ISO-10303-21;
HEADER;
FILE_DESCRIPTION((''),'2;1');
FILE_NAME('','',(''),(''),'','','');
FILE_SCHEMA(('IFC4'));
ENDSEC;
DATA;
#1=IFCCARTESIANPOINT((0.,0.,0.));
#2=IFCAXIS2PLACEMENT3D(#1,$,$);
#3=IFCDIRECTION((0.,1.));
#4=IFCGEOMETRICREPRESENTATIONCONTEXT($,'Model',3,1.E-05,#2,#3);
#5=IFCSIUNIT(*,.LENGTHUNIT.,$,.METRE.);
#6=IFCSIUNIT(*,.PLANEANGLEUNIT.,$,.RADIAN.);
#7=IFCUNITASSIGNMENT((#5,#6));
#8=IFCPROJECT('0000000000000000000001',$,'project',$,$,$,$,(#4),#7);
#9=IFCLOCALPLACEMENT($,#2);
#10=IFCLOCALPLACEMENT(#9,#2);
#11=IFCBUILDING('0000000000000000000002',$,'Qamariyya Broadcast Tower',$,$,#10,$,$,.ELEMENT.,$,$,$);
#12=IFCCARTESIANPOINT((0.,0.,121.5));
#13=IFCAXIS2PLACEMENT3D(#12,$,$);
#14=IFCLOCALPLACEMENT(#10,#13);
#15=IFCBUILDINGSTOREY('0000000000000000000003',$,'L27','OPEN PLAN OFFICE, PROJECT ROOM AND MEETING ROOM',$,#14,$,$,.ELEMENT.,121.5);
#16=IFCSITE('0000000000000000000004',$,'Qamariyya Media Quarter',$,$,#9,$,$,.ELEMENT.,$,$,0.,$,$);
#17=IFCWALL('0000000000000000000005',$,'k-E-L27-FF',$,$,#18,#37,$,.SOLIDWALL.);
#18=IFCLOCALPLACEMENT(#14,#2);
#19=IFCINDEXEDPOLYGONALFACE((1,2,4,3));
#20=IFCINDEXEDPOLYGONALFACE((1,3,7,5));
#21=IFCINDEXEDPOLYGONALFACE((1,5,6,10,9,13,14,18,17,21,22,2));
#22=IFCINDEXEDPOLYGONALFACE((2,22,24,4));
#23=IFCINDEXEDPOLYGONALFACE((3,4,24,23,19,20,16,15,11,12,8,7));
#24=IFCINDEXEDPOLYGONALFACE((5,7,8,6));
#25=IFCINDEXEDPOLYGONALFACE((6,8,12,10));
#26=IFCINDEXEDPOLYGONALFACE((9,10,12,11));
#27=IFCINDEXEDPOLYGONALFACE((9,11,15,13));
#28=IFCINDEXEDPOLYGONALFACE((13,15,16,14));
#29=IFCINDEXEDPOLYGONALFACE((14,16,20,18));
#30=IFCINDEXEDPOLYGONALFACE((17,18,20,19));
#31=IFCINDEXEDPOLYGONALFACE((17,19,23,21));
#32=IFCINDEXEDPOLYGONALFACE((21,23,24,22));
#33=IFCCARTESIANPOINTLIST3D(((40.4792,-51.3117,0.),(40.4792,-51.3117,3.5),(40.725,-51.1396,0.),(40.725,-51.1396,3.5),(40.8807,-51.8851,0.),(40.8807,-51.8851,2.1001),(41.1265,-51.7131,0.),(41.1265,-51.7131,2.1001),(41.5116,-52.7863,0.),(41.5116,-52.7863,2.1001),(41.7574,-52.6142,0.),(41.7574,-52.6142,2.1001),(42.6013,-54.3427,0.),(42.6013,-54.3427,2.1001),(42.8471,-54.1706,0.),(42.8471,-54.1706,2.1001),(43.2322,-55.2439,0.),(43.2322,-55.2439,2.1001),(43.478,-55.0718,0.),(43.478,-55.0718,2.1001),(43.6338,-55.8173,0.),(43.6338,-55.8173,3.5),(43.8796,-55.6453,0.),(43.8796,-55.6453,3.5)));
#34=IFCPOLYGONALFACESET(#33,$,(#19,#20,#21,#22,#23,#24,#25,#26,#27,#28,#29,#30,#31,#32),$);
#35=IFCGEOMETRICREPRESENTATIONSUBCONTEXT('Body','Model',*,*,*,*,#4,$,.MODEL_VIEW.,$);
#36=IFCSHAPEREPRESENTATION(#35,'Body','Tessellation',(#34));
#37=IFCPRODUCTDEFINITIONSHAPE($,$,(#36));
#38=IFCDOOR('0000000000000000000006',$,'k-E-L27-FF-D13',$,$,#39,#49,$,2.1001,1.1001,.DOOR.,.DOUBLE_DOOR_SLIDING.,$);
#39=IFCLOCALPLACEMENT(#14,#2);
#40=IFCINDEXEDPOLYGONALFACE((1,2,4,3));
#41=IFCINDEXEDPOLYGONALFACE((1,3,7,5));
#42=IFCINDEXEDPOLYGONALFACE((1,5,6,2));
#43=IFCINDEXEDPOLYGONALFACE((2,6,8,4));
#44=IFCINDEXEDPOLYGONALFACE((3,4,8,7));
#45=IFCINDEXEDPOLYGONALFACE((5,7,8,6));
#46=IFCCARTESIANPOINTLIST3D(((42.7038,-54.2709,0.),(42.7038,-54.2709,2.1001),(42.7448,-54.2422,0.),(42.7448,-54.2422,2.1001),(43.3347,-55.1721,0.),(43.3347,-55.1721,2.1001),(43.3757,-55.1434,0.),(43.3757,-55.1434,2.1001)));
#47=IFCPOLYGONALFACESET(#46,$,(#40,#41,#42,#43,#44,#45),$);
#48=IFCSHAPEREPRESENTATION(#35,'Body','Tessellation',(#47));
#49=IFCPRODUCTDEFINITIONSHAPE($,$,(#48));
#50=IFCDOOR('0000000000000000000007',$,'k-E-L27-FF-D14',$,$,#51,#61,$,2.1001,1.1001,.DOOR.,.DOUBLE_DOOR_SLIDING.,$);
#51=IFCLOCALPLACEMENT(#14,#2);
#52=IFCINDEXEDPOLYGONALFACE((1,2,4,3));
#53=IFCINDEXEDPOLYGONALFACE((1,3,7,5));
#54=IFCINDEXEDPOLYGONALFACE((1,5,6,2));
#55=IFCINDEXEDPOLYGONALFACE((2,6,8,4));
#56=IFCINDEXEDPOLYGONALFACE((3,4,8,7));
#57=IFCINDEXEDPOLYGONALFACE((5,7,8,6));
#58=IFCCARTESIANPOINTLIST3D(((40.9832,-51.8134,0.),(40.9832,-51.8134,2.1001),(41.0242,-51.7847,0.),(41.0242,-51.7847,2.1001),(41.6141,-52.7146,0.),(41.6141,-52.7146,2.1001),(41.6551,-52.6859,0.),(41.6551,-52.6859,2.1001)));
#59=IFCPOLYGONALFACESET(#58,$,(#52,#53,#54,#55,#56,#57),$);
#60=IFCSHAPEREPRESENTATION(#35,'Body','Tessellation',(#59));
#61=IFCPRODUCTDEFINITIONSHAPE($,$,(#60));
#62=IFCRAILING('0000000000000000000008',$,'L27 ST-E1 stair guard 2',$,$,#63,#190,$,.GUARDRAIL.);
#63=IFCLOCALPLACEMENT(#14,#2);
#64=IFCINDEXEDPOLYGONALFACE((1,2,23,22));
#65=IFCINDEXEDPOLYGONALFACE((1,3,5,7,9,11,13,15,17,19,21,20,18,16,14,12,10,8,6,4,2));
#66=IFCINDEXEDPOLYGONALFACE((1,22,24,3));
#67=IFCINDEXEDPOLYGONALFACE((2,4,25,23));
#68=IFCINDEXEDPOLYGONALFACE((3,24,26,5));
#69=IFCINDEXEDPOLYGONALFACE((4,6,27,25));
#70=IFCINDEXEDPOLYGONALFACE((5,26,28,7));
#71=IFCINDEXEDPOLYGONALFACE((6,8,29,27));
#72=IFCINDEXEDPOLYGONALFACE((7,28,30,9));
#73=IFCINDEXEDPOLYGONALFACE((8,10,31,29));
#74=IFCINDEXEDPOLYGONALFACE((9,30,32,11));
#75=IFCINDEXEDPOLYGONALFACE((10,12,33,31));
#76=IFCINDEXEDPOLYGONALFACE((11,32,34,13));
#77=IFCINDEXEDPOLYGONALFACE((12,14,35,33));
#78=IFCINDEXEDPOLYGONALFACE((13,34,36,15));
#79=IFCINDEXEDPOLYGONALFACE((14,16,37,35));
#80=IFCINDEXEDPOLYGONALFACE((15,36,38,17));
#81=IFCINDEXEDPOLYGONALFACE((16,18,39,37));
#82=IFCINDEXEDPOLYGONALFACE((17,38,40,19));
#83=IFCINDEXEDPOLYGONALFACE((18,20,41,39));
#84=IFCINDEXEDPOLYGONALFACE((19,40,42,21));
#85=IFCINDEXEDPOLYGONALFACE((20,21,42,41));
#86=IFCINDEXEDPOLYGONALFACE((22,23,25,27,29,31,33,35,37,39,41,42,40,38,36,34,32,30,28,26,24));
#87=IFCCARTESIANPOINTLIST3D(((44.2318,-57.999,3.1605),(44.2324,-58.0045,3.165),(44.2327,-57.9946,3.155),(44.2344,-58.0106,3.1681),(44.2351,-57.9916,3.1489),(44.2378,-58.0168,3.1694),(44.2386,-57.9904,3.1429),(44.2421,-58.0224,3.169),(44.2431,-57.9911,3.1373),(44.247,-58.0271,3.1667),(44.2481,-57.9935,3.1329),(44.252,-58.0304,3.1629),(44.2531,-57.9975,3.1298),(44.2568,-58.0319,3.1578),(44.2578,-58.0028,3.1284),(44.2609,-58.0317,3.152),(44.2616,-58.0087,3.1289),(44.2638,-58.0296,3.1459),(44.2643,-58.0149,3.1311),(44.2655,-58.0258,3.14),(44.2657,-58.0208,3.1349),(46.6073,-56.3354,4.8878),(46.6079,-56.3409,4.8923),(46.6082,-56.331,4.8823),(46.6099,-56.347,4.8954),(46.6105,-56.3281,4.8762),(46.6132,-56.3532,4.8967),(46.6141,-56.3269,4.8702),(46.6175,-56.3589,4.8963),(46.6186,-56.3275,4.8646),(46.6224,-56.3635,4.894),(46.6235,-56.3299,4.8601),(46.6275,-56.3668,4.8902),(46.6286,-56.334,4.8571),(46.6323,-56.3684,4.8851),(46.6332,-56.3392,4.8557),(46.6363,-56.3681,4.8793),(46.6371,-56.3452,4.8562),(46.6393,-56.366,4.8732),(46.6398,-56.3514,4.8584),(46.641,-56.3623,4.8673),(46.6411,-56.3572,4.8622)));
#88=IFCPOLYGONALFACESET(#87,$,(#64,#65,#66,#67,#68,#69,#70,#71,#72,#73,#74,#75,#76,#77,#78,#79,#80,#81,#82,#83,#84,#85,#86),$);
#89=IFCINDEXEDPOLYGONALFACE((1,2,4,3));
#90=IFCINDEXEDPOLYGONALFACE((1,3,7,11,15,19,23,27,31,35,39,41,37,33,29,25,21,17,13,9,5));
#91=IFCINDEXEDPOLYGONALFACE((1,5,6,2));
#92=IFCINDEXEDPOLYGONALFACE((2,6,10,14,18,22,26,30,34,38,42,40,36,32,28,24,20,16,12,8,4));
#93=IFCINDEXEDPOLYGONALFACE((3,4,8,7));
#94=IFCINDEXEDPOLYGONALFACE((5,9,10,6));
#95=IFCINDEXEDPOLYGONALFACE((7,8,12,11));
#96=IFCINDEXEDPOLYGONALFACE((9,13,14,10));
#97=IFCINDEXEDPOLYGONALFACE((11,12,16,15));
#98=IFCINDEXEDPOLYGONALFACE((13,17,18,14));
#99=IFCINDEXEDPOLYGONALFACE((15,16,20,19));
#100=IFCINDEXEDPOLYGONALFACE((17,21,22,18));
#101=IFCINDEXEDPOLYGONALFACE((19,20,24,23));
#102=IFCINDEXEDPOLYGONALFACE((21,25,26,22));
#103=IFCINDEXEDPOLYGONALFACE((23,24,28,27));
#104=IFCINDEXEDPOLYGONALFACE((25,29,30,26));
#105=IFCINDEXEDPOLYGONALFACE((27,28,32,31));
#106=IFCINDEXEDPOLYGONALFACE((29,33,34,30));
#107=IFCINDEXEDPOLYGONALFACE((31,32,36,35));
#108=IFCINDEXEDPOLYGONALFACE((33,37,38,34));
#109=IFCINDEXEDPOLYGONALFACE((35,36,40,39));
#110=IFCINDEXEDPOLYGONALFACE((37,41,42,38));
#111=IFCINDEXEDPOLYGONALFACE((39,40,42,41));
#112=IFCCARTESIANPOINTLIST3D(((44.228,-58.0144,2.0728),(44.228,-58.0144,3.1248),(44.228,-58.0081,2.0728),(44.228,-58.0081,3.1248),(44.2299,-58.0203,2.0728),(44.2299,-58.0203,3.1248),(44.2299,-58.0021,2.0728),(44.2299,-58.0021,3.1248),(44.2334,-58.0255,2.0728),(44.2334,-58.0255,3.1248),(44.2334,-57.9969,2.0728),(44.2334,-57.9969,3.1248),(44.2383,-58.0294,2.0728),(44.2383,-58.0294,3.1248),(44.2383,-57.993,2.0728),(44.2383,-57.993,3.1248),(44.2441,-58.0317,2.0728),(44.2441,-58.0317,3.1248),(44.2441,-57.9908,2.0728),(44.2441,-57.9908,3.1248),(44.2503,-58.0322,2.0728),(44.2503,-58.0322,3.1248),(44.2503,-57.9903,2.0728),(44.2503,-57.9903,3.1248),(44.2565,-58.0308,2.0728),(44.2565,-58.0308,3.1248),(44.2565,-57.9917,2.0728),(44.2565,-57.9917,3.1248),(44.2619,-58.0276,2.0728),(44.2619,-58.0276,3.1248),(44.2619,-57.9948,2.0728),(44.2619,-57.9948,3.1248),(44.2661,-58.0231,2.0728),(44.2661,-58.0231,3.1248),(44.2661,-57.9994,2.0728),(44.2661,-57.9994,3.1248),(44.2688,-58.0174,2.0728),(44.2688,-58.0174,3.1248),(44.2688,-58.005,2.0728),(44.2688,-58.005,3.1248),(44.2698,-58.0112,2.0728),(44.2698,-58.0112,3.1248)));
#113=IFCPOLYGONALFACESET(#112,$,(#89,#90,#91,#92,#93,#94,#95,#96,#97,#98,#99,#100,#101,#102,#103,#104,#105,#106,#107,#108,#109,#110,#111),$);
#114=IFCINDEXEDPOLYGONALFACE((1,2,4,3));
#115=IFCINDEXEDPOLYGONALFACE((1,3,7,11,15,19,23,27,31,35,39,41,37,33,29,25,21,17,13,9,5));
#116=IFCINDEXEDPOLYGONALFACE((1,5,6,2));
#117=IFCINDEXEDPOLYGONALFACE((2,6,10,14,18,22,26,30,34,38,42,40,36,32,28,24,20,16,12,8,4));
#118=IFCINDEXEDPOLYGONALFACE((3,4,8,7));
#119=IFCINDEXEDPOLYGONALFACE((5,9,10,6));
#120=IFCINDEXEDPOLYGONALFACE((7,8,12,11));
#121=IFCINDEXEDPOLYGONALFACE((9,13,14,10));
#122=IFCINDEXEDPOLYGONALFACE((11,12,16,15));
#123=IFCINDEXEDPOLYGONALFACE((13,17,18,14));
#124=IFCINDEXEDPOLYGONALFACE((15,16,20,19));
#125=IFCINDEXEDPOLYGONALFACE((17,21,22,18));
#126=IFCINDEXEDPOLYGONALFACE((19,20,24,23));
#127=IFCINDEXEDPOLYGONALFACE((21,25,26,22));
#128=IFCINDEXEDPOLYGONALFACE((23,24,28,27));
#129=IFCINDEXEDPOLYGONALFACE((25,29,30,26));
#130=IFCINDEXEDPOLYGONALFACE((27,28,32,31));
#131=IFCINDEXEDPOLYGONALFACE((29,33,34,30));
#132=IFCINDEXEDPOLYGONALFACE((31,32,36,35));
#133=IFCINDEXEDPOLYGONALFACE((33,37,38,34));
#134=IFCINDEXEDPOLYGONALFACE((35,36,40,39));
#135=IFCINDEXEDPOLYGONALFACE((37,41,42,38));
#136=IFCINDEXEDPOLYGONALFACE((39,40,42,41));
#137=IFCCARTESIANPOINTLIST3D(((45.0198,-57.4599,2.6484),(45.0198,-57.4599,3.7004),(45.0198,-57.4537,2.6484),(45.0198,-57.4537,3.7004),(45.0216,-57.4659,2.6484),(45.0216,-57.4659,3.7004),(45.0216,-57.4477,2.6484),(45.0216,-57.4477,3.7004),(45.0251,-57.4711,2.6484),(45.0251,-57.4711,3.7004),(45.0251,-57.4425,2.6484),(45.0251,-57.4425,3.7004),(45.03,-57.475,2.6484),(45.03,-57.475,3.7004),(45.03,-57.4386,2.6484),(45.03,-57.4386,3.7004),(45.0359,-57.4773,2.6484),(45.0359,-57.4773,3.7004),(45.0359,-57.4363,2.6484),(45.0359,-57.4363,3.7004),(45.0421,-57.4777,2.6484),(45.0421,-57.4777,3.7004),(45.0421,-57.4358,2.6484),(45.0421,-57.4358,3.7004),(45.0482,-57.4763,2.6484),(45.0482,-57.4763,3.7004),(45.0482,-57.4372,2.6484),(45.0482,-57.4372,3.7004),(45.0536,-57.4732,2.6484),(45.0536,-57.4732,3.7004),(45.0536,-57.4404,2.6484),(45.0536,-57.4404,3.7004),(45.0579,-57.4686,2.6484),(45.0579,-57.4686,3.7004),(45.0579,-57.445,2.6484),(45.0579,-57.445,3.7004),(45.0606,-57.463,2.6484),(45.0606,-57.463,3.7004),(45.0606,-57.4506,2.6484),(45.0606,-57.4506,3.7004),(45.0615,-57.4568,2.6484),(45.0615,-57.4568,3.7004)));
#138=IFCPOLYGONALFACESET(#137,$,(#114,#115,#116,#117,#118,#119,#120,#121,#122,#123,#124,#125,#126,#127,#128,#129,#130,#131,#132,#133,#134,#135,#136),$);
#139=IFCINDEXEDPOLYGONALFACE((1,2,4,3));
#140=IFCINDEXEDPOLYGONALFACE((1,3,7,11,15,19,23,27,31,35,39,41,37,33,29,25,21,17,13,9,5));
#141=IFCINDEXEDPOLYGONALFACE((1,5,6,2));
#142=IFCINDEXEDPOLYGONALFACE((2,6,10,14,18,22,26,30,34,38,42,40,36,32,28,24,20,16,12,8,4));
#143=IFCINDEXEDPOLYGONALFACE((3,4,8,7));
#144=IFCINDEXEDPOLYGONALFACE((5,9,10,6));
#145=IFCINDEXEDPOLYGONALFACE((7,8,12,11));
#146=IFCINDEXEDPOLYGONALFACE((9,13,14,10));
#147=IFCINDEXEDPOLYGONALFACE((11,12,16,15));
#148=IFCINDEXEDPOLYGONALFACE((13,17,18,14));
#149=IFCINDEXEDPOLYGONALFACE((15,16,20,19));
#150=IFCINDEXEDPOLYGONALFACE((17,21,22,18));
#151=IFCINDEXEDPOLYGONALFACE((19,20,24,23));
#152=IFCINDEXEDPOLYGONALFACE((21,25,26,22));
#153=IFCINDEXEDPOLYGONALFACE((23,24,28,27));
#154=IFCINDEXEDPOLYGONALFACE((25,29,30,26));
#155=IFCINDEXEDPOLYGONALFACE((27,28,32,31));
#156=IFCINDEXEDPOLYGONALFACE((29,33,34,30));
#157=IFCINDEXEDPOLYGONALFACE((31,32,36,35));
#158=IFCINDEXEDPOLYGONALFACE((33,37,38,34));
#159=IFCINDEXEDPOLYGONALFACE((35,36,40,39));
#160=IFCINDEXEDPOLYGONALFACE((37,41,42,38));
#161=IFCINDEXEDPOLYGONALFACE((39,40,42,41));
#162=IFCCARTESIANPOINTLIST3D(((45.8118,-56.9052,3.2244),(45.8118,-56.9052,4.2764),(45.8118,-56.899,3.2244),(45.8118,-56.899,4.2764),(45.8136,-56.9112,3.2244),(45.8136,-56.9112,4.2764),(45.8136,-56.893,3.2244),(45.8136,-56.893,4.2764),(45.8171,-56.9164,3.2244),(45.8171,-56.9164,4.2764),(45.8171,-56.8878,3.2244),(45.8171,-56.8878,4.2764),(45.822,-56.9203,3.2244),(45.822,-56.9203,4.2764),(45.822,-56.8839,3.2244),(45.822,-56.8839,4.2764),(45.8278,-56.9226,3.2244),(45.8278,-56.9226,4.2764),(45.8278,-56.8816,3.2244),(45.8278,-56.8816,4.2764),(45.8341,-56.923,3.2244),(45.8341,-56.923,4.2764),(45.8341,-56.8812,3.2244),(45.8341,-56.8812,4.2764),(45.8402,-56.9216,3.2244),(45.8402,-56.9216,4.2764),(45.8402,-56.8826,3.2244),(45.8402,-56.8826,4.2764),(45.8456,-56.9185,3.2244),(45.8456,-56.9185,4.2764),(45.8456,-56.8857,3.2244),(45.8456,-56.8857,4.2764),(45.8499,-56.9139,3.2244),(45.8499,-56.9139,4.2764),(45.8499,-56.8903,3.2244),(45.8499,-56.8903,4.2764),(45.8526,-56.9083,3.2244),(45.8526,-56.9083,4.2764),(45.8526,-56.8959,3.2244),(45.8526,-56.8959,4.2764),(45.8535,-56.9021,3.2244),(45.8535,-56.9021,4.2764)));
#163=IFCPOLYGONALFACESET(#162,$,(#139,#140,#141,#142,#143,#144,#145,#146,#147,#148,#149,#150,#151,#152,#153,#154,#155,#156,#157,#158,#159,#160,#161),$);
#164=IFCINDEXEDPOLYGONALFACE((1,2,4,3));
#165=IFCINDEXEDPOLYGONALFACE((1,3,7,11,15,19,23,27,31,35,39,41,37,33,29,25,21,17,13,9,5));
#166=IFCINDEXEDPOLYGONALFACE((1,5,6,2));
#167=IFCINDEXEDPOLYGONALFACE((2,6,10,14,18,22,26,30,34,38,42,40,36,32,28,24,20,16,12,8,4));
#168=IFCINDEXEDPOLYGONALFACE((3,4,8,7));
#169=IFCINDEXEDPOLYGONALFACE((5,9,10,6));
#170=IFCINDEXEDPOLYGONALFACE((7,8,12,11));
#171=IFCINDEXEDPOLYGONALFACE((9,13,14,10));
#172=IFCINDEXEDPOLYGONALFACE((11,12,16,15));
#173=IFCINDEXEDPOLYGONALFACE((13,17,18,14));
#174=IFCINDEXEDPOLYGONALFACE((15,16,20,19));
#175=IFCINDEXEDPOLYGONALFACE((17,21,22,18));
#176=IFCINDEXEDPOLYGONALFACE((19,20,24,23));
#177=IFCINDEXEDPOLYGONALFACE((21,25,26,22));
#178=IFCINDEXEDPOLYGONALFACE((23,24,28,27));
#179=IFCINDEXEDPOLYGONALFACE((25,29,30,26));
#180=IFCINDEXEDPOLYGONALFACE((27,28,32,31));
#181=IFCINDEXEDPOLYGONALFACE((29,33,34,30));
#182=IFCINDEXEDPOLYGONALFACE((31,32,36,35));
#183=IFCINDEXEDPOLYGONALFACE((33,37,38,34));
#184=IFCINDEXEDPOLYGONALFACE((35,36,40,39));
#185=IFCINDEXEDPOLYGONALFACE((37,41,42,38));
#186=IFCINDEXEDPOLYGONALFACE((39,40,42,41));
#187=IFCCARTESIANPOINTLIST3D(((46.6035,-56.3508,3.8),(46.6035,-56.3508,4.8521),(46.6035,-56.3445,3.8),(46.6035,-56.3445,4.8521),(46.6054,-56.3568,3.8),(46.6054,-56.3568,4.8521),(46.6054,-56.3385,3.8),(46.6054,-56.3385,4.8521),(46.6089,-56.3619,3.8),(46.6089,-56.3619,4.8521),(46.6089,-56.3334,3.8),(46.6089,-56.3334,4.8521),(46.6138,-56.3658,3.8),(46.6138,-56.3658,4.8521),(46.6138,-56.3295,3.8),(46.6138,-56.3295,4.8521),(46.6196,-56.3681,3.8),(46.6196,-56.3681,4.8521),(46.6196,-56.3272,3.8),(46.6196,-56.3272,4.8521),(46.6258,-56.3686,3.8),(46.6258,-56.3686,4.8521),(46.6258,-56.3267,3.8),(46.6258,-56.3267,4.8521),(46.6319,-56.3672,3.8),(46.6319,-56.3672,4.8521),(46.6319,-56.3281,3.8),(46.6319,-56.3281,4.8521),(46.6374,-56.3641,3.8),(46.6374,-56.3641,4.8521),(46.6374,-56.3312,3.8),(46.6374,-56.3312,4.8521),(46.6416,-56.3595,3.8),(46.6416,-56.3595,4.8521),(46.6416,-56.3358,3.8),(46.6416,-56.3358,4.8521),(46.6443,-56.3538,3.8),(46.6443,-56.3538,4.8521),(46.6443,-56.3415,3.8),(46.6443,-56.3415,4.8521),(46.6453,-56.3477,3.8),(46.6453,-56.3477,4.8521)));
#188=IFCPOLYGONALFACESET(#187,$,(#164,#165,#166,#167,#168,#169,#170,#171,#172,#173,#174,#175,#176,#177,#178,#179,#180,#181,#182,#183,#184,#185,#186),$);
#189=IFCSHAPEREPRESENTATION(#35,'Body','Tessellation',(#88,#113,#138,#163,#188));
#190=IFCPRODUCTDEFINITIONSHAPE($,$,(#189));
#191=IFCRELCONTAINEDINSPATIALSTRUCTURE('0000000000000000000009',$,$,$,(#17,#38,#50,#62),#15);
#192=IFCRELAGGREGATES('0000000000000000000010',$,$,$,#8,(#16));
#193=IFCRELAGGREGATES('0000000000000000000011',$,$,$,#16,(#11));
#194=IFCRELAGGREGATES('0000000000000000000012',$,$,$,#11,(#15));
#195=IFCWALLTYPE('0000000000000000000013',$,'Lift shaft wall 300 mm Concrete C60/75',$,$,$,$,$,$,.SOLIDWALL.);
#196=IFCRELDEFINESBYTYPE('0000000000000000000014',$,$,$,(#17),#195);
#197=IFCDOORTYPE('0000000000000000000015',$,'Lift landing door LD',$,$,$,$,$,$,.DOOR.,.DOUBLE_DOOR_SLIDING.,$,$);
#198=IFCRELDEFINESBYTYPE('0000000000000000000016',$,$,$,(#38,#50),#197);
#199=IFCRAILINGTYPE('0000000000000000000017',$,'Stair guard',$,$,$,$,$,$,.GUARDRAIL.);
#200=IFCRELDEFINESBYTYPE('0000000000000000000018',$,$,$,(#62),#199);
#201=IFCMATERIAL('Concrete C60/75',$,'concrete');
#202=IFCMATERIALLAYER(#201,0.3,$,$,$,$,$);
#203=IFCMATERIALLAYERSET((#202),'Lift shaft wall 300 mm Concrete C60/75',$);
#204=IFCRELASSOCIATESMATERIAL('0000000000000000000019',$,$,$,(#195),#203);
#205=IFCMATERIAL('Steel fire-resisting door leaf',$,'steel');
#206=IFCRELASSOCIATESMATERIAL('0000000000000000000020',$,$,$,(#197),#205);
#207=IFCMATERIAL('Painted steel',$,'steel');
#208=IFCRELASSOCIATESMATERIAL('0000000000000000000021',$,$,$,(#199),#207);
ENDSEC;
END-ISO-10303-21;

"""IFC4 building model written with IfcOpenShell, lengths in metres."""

from ifc_helpers import new_model, si_unit, direction, frame, frame_2d, origin, origin_2d, place, context, subcontext, project, spatial, rectangle, circle, extrude, material, layer, layer_set, type_object, element, fill, save


model = new_model("IFC4")

# Units and contexts
model_context = context("Model", 3, precision=1e-05, world=origin(), true_north=direction((0.0, 1.0)))
body_context = subcontext(model_context, "Body", "Model", "MODEL_VIEW")
ifc_project = project(units=[si_unit("LENGTHUNIT", "METRE"), si_unit("PLANEANGLEUNIT", "RADIAN")], contexts=[model_context])

# Site, building, storey
site_placement = place(None, origin())
site = spatial("IfcSite", under=ifc_project, at=site_placement, Name="Qamariyya Media Quarter", CompositionType="ELEMENT", RefElevation=0.0)
building_placement = place(site_placement, origin())
building = spatial("IfcBuilding", under=site, at=building_placement, Name="Qamariyya Broadcast Tower", CompositionType="ELEMENT")
storey_placement = place(building_placement, frame((0.0, 0.0, 121.5)))
storey = spatial("IfcBuildingStorey", under=building, at=storey_placement, Name="L27", Description="OPEN PLAN OFFICE, PROJECT ROOM AND MEETING ROOM", CompositionType="ELEMENT", Elevation=121.5)

# Shared definitions
ifc_material_1 = material(Name="Steel fire-resisting door leaf", Category="steel")

# Shared definitions
ifc_material_2 = material(Name="Concrete C60/75", Category="concrete")
ifc_layer_1 = layer(ifc_material_2, 0.3)
ifc_layer_set_1 = layer_set([ifc_layer_1], Name="Lift shaft wall 300 mm Concrete C60/75")
wall_type_1 = type_object("IfcWallType", Name="Lift shaft wall 300 mm Concrete C60/75", PredefinedType="SOLIDWALL", material=ifc_layer_set_1)

# Wall, openings, doors
wall_1_placement = place(storey_placement, frame((43.7566, -55.7312, 0.0), z_axis=(0.0, 0.0, 1.0), x_axis=(-0.573537, 0.81918, 0.0)))
wall_1 = element("IfcWall", 1, at=wall_1_placement, inside=storey, type_object=wall_type_1, Name="k-E-L27-FF", PredefinedType="SOLIDWALL", context=body_context, shape_type="SweptSolid", body=[
    extrude(rectangle(XDim=5.5002, YDim=0.3, at=frame_2d((2.75, 0.0))), origin(), (0.0, 0.0, 1.0), 3.5),
])
opening_1_placement = place(wall_1_placement, frame((0.7, 0.0, 0.0)))
opening_1 = element("IfcOpeningElement", 2, at=opening_1_placement, cuts=wall_1, PredefinedType="OPENING", context=body_context, shape_type="SweptSolid", body=[
    extrude(rectangle(XDim=1.1001, YDim=2.1001, at=frame_2d((0.55, 1.05))), frame((0.0, 0.1599, 0.0), z_axis=(0.0, -1.0, 0.0), x_axis=(1.0, 0.0, 0.0)), (0.0, 0.0, 1.0), 0.3201),
])
opening_2_placement = place(wall_1_placement, frame((3.7, 0.0, 0.0)))
opening_2 = element("IfcOpeningElement", 3, at=opening_2_placement, cuts=wall_1, PredefinedType="OPENING", context=body_context, shape_type="SweptSolid", body=[
    extrude(rectangle(XDim=1.1001, YDim=2.1001, at=frame_2d((0.55, 1.05))), frame((0.0, 0.1599, 0.0), z_axis=(0.0, -1.0, 0.0), x_axis=(1.0, 0.0, 0.0)), (0.0, 0.0, 1.0), 0.3201),
])
door_type_1 = type_object("IfcDoorType", Name="Lift landing door LD", OperationType="DOUBLE_DOOR_SLIDING", PredefinedType="DOOR", material=ifc_material_1)
door_1_placement = place(opening_1_placement, origin())
door_1 = element("IfcDoor", 4, at=door_1_placement, inside=storey, type_object=door_type_1, Name="k-E-L27-FF-D13", OperationType="DOUBLE_DOOR_SLIDING", OverallHeight=2.1001, OverallWidth=1.1001, PredefinedType="DOOR", context=body_context, shape_type="SweptSolid", body=[
    extrude(rectangle(XDim=1.1001, YDim=2.1001, at=frame_2d((0.55, 1.05))), frame((0.0, 0.0249, 0.0), z_axis=(0.0, -1.0, 0.0), x_axis=(1.0, 0.0, 0.0)), (0.0, 0.0, 1.0), 0.05),
])
fill(opening_1, door_1)
door_2_placement = place(opening_2_placement, origin())
door_2 = element("IfcDoor", 5, at=door_2_placement, inside=storey, type_object=door_type_1, Name="k-E-L27-FF-D14", OperationType="DOUBLE_DOOR_SLIDING", OverallHeight=2.1001, OverallWidth=1.1001, PredefinedType="DOOR", context=body_context, shape_type="SweptSolid", body=[
    extrude(rectangle(XDim=1.1001, YDim=2.1001, at=frame_2d((0.55, 1.05))), frame((0.0, 0.0249, 0.0), z_axis=(0.0, -1.0, 0.0), x_axis=(1.0, 0.0, 0.0)), (0.0, 0.0, 1.0), 0.05),
])
fill(opening_2, door_2)

# Railing
ifc_material_3 = material(Name="Painted steel", Category="steel")
railing_type_1 = type_object("IfcRailingType", Name="Stair guard", PredefinedType="GUARDRAIL", material=ifc_material_3)
railing_1_placement = place(storey_placement, frame((44.2488, -58.0112, 2.0728)))
element("IfcRailing", 6, at=railing_1_placement, inside=storey, type_object=railing_type_1, Name="L27 ST-E1 stair guard 2", PredefinedType="GUARDRAIL", context=body_context, shape_type="SweptSolid", body=[
    extrude(circle(Radius=0.0239, at=origin_2d()), frame((0.0, 0.0, 1.0762), z_axis=(0.703745, 0.492838, 0.511716), x_axis=(-0.573632, 0.819113, 0.0)), (0.0, 0.0, 1.0), 3.3755),
    extrude(circle(Radius=0.021, at=origin_2d()), origin(), (0.0, 0.0, 1.0), 1.052),
    extrude(circle(Radius=0.021, at=origin_2d()), frame((0.7917, 0.5544, 0.5757)), (0.0, 0.0, 1.0), 1.052),
    extrude(circle(Radius=0.021, at=origin_2d()), frame((1.5837, 1.1091, 1.1516)), (0.0, 0.0, 1.0), 1.052),
    extrude(circle(Radius=0.021, at=origin_2d()), frame((2.3755, 1.6636, 1.7273)), (0.0, 0.0, 1.0), 1.052),
])

save(model, "model.ifc")
